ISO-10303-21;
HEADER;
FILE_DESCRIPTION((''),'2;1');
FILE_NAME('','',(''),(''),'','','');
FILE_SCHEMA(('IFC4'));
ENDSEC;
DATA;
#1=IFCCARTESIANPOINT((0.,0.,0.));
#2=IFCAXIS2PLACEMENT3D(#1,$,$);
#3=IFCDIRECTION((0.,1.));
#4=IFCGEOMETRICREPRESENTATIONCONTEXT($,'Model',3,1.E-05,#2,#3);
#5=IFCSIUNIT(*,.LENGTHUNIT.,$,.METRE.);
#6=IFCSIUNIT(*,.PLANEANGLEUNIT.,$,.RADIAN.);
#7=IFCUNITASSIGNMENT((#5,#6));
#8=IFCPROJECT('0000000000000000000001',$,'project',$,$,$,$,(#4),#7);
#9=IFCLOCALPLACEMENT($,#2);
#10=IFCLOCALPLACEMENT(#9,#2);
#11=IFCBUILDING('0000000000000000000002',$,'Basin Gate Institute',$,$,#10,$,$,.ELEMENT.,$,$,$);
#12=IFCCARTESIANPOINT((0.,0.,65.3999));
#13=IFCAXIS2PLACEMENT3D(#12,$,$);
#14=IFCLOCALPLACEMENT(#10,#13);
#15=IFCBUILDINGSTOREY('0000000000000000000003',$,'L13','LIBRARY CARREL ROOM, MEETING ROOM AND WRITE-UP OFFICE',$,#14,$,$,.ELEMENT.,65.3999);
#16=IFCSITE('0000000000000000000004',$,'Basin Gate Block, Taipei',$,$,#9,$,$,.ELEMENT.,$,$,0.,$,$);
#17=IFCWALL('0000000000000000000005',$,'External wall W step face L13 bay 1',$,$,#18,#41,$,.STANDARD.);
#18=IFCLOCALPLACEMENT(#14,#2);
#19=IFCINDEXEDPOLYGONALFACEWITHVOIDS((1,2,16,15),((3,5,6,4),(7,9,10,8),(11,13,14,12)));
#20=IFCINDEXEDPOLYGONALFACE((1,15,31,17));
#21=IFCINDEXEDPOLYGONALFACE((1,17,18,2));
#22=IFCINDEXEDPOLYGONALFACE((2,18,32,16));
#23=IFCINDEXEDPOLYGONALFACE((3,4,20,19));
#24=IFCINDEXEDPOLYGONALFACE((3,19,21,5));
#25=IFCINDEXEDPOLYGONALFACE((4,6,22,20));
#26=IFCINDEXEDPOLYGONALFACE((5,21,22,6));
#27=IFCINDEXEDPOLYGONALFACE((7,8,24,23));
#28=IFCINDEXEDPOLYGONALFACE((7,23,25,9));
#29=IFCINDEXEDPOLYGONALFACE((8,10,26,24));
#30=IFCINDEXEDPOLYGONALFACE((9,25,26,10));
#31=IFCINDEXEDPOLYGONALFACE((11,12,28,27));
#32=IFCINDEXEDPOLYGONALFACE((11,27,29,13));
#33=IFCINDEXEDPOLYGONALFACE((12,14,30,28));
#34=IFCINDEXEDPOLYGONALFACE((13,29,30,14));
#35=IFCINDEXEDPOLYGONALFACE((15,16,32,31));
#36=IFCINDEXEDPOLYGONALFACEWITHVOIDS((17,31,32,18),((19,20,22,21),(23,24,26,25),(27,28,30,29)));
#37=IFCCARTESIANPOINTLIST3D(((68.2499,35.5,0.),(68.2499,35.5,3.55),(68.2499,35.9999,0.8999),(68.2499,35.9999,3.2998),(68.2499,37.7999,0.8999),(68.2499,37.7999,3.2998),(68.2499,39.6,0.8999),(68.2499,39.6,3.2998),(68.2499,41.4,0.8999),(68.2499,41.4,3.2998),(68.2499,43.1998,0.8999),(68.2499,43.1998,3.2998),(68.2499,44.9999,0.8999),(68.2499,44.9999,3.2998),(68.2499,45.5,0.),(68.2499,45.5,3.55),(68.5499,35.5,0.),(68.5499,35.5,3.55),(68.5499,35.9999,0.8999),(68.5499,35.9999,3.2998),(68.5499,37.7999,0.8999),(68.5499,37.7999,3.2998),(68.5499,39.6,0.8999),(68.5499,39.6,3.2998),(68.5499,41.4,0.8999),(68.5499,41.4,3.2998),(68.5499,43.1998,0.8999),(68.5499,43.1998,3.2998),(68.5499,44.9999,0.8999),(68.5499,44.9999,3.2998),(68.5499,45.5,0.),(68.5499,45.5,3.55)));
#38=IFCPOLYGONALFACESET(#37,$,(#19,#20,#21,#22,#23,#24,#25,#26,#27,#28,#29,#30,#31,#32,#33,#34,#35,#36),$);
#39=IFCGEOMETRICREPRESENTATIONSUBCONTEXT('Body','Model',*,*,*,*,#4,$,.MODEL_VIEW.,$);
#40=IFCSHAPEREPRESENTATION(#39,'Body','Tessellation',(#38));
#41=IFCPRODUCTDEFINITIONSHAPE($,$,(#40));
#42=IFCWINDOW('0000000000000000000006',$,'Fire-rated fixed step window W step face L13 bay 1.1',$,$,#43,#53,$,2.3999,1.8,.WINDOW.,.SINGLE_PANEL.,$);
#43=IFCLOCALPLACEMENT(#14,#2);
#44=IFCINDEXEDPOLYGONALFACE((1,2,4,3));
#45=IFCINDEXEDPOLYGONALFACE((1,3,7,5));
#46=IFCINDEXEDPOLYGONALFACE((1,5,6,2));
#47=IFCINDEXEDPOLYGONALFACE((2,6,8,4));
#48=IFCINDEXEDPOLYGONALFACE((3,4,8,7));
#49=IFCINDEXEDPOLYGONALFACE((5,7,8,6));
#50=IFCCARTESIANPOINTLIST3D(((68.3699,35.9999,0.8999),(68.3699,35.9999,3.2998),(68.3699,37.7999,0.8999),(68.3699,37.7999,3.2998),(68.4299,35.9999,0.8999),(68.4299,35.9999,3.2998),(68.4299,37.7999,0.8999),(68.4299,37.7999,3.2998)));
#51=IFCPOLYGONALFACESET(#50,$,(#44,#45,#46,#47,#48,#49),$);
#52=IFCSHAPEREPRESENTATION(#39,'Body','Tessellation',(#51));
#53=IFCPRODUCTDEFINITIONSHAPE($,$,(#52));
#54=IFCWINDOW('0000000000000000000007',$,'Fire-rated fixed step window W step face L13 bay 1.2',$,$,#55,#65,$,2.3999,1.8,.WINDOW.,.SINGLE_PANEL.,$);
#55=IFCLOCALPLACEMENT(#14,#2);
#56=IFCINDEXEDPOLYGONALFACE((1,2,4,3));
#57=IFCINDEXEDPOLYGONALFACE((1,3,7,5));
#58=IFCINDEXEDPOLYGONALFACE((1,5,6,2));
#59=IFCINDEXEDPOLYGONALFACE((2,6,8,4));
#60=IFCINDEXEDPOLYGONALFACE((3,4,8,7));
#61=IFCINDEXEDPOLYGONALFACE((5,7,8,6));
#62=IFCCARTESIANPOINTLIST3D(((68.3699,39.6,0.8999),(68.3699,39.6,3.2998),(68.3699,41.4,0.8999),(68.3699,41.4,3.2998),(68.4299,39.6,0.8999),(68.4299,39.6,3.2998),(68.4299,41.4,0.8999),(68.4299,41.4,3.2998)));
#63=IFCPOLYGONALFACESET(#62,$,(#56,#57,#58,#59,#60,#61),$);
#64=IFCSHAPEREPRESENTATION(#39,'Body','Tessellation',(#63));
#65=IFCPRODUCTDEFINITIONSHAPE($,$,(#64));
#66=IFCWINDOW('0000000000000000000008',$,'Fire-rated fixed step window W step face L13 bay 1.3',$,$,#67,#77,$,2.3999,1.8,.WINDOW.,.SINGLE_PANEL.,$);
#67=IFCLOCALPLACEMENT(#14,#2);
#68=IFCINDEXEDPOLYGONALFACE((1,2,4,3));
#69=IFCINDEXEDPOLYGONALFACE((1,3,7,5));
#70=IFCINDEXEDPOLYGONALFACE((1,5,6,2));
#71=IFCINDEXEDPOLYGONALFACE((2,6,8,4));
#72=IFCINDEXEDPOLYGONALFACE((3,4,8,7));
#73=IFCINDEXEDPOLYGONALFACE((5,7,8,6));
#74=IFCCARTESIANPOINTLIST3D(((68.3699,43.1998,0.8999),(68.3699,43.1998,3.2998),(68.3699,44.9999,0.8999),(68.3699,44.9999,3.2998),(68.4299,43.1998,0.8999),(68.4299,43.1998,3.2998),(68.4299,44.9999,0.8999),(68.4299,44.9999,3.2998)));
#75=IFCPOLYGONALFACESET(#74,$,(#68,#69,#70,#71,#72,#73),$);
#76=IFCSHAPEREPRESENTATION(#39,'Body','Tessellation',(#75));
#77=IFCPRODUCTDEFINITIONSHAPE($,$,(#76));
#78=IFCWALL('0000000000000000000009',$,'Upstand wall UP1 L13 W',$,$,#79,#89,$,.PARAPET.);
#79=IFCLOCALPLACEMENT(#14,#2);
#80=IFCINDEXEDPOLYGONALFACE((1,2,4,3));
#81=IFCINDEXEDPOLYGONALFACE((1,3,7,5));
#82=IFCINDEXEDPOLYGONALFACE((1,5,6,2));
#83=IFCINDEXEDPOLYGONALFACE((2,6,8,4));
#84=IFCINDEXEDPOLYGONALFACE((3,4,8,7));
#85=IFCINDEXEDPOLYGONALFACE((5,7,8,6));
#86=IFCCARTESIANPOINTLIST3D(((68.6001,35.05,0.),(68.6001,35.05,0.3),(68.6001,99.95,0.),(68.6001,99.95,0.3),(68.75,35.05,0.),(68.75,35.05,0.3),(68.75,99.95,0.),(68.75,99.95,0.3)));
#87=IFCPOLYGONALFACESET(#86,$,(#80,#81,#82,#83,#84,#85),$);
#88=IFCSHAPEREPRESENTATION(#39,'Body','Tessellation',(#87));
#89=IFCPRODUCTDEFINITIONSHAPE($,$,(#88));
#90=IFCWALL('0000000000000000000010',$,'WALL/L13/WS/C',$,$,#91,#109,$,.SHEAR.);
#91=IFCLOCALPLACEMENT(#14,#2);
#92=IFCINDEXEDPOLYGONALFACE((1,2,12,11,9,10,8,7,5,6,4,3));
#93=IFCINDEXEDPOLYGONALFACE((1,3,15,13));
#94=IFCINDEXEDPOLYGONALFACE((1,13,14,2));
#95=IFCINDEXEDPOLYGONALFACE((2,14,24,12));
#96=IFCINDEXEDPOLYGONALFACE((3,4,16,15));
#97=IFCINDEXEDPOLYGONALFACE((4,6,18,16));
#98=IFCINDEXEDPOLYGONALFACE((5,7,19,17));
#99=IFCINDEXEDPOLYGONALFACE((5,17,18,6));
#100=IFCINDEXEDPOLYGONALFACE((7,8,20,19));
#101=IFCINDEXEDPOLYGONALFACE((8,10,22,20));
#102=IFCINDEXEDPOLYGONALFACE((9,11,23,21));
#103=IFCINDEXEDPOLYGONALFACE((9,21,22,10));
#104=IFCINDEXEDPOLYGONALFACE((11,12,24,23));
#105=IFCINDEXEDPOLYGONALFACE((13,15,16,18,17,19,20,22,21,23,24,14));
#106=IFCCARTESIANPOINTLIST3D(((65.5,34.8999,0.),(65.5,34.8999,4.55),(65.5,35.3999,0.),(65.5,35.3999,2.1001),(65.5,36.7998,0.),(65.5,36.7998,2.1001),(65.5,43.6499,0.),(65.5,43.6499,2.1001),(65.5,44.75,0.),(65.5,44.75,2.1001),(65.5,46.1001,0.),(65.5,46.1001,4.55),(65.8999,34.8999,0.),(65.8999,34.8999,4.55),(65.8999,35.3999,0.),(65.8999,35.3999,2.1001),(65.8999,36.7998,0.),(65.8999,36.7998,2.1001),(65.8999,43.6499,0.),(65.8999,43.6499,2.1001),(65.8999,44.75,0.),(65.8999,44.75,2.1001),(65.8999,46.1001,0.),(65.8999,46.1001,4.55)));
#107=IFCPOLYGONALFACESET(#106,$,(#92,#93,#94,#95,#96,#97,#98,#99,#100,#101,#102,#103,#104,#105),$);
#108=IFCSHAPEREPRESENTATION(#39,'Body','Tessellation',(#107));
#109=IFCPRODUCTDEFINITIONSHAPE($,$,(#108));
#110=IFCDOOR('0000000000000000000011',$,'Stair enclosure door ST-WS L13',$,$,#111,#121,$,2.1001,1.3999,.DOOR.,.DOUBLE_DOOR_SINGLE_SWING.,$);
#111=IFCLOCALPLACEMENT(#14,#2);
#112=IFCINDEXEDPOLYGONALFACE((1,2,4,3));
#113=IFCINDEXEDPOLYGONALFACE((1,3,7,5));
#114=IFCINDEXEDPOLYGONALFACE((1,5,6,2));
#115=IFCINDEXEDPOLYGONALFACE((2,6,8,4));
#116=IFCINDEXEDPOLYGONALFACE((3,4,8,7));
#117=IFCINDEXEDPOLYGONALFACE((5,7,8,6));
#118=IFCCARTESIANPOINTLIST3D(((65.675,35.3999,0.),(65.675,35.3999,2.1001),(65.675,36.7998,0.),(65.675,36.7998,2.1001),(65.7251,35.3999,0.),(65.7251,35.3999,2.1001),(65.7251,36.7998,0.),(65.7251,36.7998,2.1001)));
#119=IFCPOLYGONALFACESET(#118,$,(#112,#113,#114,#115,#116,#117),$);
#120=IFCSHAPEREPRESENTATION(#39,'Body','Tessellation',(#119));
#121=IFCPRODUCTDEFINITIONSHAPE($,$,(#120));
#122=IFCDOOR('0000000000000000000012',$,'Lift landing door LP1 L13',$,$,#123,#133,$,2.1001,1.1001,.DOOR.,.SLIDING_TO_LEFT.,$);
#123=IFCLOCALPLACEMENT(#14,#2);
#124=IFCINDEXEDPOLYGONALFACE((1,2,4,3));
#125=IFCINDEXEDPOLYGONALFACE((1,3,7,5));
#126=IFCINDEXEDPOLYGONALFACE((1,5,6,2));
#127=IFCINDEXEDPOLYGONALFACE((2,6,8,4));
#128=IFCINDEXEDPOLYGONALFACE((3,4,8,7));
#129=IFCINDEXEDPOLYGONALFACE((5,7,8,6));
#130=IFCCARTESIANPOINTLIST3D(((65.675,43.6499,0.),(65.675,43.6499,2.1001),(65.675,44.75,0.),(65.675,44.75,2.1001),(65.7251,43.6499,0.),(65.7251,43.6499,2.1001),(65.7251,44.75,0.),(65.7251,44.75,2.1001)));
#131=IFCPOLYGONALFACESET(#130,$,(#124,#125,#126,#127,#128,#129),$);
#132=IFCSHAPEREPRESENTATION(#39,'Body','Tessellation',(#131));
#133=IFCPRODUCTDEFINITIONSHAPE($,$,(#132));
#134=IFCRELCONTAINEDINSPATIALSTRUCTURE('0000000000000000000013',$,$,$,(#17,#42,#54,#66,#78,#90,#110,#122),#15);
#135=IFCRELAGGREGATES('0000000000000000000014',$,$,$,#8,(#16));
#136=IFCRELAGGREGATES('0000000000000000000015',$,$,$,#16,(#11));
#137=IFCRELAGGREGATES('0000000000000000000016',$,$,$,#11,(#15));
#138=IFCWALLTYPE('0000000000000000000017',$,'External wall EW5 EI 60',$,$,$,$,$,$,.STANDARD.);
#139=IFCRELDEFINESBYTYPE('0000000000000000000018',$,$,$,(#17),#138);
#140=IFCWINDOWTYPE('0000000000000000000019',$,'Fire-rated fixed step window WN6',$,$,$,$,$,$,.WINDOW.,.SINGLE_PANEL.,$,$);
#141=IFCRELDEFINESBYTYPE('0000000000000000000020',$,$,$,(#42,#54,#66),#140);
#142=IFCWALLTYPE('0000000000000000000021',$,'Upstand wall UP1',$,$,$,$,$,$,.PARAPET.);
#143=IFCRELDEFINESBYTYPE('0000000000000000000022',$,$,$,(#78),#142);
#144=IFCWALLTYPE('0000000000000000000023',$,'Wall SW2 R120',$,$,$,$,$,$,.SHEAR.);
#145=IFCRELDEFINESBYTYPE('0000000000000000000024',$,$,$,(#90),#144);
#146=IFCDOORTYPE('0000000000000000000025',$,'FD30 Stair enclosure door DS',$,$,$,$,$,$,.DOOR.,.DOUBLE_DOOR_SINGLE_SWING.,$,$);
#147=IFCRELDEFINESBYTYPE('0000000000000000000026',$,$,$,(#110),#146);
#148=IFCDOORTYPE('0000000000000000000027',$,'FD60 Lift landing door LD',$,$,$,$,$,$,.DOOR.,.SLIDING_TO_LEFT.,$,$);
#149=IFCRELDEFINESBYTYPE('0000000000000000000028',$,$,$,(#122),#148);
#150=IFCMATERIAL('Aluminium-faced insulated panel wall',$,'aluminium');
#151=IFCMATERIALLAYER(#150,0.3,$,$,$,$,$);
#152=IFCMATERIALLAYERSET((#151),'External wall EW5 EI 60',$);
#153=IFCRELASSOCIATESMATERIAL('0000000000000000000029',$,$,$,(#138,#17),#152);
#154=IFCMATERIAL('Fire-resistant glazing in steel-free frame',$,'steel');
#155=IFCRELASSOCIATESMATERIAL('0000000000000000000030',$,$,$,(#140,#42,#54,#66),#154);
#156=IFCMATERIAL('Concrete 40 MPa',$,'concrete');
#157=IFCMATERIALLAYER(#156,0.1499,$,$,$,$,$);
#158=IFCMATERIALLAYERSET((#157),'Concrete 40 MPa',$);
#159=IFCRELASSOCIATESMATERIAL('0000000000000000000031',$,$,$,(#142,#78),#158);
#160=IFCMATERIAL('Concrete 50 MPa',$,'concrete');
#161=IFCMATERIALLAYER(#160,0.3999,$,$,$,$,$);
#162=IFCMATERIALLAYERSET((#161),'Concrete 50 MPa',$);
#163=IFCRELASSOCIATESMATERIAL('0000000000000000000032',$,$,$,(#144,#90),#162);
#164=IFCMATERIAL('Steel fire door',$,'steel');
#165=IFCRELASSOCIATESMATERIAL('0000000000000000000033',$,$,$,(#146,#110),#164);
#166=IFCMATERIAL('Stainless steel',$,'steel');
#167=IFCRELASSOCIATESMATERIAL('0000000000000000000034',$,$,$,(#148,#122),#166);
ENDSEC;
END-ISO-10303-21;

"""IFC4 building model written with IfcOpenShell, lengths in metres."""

from ifc_helpers import new_model, si_unit, direction, frame, frame_2d, origin, place, context, subcontext, project, spatial, rectangle, extrude, material, layer, layer_set, type_object, element, fill, save


model = new_model("IFC4")

# Units and contexts
model_context = context("Model", 3, precision=1e-05, world=origin(), true_north=direction((0.0, 1.0)))
body_context = subcontext(model_context, "Body", "Model", "MODEL_VIEW")
ifc_project = project(units=[si_unit("LENGTHUNIT", "METRE"), si_unit("PLANEANGLEUNIT", "RADIAN")], contexts=[model_context])

# Site, building, storey
site_placement = place(None, origin())
site = spatial("IfcSite", under=ifc_project, at=site_placement, Name="Basin Gate Block, Taipei", CompositionType="ELEMENT", RefElevation=0.0)
building_placement = place(site_placement, origin())
building = spatial("IfcBuilding", under=site, at=building_placement, Name="Basin Gate Institute", CompositionType="ELEMENT")
storey_placement = place(building_placement, frame((0.0, 0.0, 65.3999)))
storey = spatial("IfcBuildingStorey", under=building, at=storey_placement, Name="L13", Description="LIBRARY CARREL ROOM, MEETING ROOM AND WRITE-UP OFFICE", CompositionType="ELEMENT", Elevation=65.3999)

# Wall, openings, windows
ifc_material_1 = material(Name="Aluminium-faced insulated panel wall", Category="aluminium")
ifc_layer_1 = layer(ifc_material_1, 0.3)
ifc_layer_set_1 = layer_set([ifc_layer_1], Name="External wall EW5 EI 60")
wall_type_1 = type_object("IfcWallType", Name="External wall EW5 EI 60", PredefinedType="STANDARD", material=ifc_layer_set_1)
wall_1_placement = place(storey_placement, frame((68.3999, 35.5, 0.0), z_axis=(0.0, 0.0, 1.0), x_axis=(0.0, 1.0, 0.0)))
wall_1 = element("IfcWall", 1, at=wall_1_placement, inside=storey, type_object=wall_type_1, material=ifc_layer_set_1, Name="External wall W step face L13 bay 1", PredefinedType="STANDARD", context=body_context, shape_type="SweptSolid", body=[
    extrude(rectangle(XDim=10.0, YDim=0.3, at=frame_2d((5.0, 0.0))), origin(), (0.0, 0.0, 1.0), 3.55),
])
opening_1_placement = place(wall_1_placement, frame((0.5, 0.0, 0.8999)))
opening_1 = element("IfcOpeningElement", 2, at=opening_1_placement, cuts=wall_1, PredefinedType="OPENING", context=body_context, shape_type="SweptSolid", body=[
    extrude(rectangle(XDim=1.8, YDim=2.3999, at=frame_2d((0.8999, 1.2))), frame((0.0, 0.1602, 0.0), z_axis=(0.0, -1.0, 0.0), x_axis=(1.0, 0.0, 0.0)), (0.0, 0.0, 1.0), 0.3201),
])
opening_2_placement = place(wall_1_placement, frame((4.1001, 0.0, 0.8999)))
opening_2 = element("IfcOpeningElement", 3, at=opening_2_placement, cuts=wall_1, PredefinedType="OPENING", context=body_context, shape_type="SweptSolid", body=[
    extrude(rectangle(XDim=1.8, YDim=2.3999, at=frame_2d((0.8999, 1.2))), frame((0.0, 0.1602, 0.0), z_axis=(0.0, -1.0, 0.0), x_axis=(1.0, 0.0, 0.0)), (0.0, 0.0, 1.0), 0.3201),
])
opening_3_placement = place(wall_1_placement, frame((7.7, 0.0, 0.8999)))
opening_3 = element("IfcOpeningElement", 4, at=opening_3_placement, cuts=wall_1, PredefinedType="OPENING", context=body_context, shape_type="SweptSolid", body=[
    extrude(rectangle(XDim=1.8, YDim=2.3999, at=frame_2d((0.8999, 1.2))), frame((0.0, 0.1602, 0.0), z_axis=(0.0, -1.0, 0.0), x_axis=(1.0, 0.0, 0.0)), (0.0, 0.0, 1.0), 0.3201),
])
ifc_material_2 = material(Name="Fire-resistant glazing in steel-free frame", Category="steel")
window_type_1 = type_object("IfcWindowType", Name="Fire-rated fixed step window WN6", PartitioningType="SINGLE_PANEL", PredefinedType="WINDOW", material=ifc_material_2)
window_1_placement = place(opening_1_placement, origin())
window_1 = element("IfcWindow", 5, at=window_1_placement, inside=storey, type_object=window_type_1, material=ifc_material_2, Name="Fire-rated fixed step window W step face L13 bay 1.1", OverallHeight=2.3999, OverallWidth=1.8, PartitioningType="SINGLE_PANEL", PredefinedType="WINDOW", context=body_context, shape_type="SweptSolid", body=[
    extrude(rectangle(XDim=1.8, YDim=2.3999, at=frame_2d((0.8999, 1.2))), frame((0.0, 0.03, 0.0), z_axis=(0.0, -1.0, 0.0), x_axis=(1.0, 0.0, 0.0)), (0.0, 0.0, 1.0), 0.0601),
])
fill(opening_1, window_1)
window_2_placement = place(opening_2_placement, origin())
window_2 = element("IfcWindow", 6, at=window_2_placement, inside=storey, type_object=window_type_1, material=ifc_material_2, Name="Fire-rated fixed step window W step face L13 bay 1.2", OverallHeight=2.3999, OverallWidth=1.8, PartitioningType="SINGLE_PANEL", PredefinedType="WINDOW", context=body_context, shape_type="SweptSolid", body=[
    extrude(rectangle(XDim=1.8, YDim=2.3999, at=frame_2d((0.8999, 1.2))), frame((0.0, 0.03, 0.0), z_axis=(0.0, -1.0, 0.0), x_axis=(1.0, 0.0, 0.0)), (0.0, 0.0, 1.0), 0.0601),
])
fill(opening_2, window_2)
window_3_placement = place(opening_3_placement, origin())
window_3 = element("IfcWindow", 7, at=window_3_placement, inside=storey, type_object=window_type_1, material=ifc_material_2, Name="Fire-rated fixed step window W step face L13 bay 1.3", OverallHeight=2.3999, OverallWidth=1.8, PartitioningType="SINGLE_PANEL", PredefinedType="WINDOW", context=body_context, shape_type="SweptSolid", body=[
    extrude(rectangle(XDim=1.8, YDim=2.3999, at=frame_2d((0.8999, 1.2))), frame((0.0, 0.03, 0.0), z_axis=(0.0, -1.0, 0.0), x_axis=(1.0, 0.0, 0.0)), (0.0, 0.0, 1.0), 0.0601),
])
fill(opening_3, window_3)

# Wall
ifc_material_3 = material(Name="Concrete 40 MPa", Category="concrete")
ifc_layer_2 = layer(ifc_material_3, 0.1499)
ifc_layer_set_2 = layer_set([ifc_layer_2], Name="Concrete 40 MPa")
wall_type_2 = type_object("IfcWallType", Name="Upstand wall UP1", PredefinedType="PARAPET", material=ifc_layer_set_2)
wall_2_placement = place(storey_placement, frame((68.675, 35.05, 0.0), z_axis=(0.0, 0.0, 1.0), x_axis=(0.0, 1.0, 0.0)))
element("IfcWall", 8, at=wall_2_placement, inside=storey, type_object=wall_type_2, material=ifc_layer_set_2, Name="Upstand wall UP1 L13 W", PredefinedType="PARAPET", context=body_context, shape_type="SweptSolid", body=[
    extrude(rectangle(XDim=64.8999, YDim=0.1499, at=frame_2d((32.45, 0.0))), origin(), (0.0, 0.0, 1.0), 0.3),
])

# Wall, openings, doors
ifc_material_4 = material(Name="Concrete 50 MPa", Category="concrete")
ifc_layer_3 = layer(ifc_material_4, 0.3999)
ifc_layer_set_3 = layer_set([ifc_layer_3], Name="Concrete 50 MPa")
wall_type_3 = type_object("IfcWallType", Name="Wall SW2 R120", PredefinedType="SHEAR", material=ifc_layer_set_3)
wall_3_placement = place(storey_placement, frame((65.7, 34.8999, 0.0), z_axis=(0.0, 0.0, 1.0), x_axis=(0.0, 1.0, 0.0)))
wall_3 = element("IfcWall", 9, at=wall_3_placement, inside=storey, type_object=wall_type_3, material=ifc_layer_set_3, Name="WALL/L13/WS/C", PredefinedType="SHEAR", context=body_context, shape_type="SweptSolid", body=[
    extrude(rectangle(XDim=11.2002, YDim=0.3999, at=frame_2d((5.6001, 0.0))), origin(), (0.0, 0.0, 1.0), 4.55),
])
opening_4_placement = place(wall_3_placement, frame((0.5, 0.0, 0.0)))
opening_4 = element("IfcOpeningElement", 10, at=opening_4_placement, cuts=wall_3, PredefinedType="OPENING", context=body_context, shape_type="SweptSolid", body=[
    extrude(rectangle(XDim=1.3999, YDim=2.1001, at=frame_2d((0.7, 1.05))), frame((0.0, 0.21, 0.0), z_axis=(0.0, -1.0, 0.0), x_axis=(1.0, 0.0, 0.0)), (0.0, 0.0, 1.0), 0.4199),
])
opening_5_placement = place(wall_3_placement, frame((8.75, 0.0, 0.0)))
opening_5 = element("IfcOpeningElement", 11, at=opening_5_placement, cuts=wall_3, PredefinedType="OPENING", context=body_context, shape_type="SweptSolid", body=[
    extrude(rectangle(XDim=1.1001, YDim=2.1001, at=frame_2d((0.55, 1.05))), frame((0.0, 0.21, 0.0), z_axis=(0.0, -1.0, 0.0), x_axis=(1.0, 0.0, 0.0)), (0.0, 0.0, 1.0), 0.4199),
])
ifc_material_5 = material(Name="Steel fire door", Category="steel")
door_type_1 = type_object("IfcDoorType", Name="FD30 Stair enclosure door DS", OperationType="DOUBLE_DOOR_SINGLE_SWING", PredefinedType="DOOR", material=ifc_material_5)
door_1_placement = place(opening_4_placement, origin())
door_1 = element("IfcDoor", 12, at=door_1_placement, inside=storey, type_object=door_type_1, material=ifc_material_5, Name="Stair enclosure door ST-WS L13", OperationType="DOUBLE_DOOR_SINGLE_SWING", OverallHeight=2.1001, OverallWidth=1.3999, PredefinedType="DOOR", context=body_context, shape_type="SweptSolid", body=[
    extrude(rectangle(XDim=1.3999, YDim=2.1001, at=frame_2d((0.7, 1.05))), frame((0.0, 0.0249, 0.0), z_axis=(0.0, -1.0, 0.0), x_axis=(1.0, 0.0, 0.0)), (0.0, 0.0, 1.0), 0.05),
])
fill(opening_4, door_1)
ifc_material_6 = material(Name="Stainless steel", Category="steel")
door_type_2 = type_object("IfcDoorType", Name="FD60 Lift landing door LD", OperationType="SLIDING_TO_LEFT", PredefinedType="DOOR", material=ifc_material_6)
door_2_placement = place(opening_5_placement, origin())
door_2 = element("IfcDoor", 13, at=door_2_placement, inside=storey, type_object=door_type_2, material=ifc_material_6, Name="Lift landing door LP1 L13", OperationType="SLIDING_TO_LEFT", OverallHeight=2.1001, OverallWidth=1.1001, PredefinedType="DOOR", context=body_context, shape_type="SweptSolid", body=[
    extrude(rectangle(XDim=1.1001, YDim=2.1001, at=frame_2d((0.55, 1.05))), frame((0.0, 0.0249, 0.0), z_axis=(0.0, -1.0, 0.0), x_axis=(1.0, 0.0, 0.0)), (0.0, 0.0, 1.0), 0.05),
])
fill(opening_5, door_2)

save(model, "model.ifc")
